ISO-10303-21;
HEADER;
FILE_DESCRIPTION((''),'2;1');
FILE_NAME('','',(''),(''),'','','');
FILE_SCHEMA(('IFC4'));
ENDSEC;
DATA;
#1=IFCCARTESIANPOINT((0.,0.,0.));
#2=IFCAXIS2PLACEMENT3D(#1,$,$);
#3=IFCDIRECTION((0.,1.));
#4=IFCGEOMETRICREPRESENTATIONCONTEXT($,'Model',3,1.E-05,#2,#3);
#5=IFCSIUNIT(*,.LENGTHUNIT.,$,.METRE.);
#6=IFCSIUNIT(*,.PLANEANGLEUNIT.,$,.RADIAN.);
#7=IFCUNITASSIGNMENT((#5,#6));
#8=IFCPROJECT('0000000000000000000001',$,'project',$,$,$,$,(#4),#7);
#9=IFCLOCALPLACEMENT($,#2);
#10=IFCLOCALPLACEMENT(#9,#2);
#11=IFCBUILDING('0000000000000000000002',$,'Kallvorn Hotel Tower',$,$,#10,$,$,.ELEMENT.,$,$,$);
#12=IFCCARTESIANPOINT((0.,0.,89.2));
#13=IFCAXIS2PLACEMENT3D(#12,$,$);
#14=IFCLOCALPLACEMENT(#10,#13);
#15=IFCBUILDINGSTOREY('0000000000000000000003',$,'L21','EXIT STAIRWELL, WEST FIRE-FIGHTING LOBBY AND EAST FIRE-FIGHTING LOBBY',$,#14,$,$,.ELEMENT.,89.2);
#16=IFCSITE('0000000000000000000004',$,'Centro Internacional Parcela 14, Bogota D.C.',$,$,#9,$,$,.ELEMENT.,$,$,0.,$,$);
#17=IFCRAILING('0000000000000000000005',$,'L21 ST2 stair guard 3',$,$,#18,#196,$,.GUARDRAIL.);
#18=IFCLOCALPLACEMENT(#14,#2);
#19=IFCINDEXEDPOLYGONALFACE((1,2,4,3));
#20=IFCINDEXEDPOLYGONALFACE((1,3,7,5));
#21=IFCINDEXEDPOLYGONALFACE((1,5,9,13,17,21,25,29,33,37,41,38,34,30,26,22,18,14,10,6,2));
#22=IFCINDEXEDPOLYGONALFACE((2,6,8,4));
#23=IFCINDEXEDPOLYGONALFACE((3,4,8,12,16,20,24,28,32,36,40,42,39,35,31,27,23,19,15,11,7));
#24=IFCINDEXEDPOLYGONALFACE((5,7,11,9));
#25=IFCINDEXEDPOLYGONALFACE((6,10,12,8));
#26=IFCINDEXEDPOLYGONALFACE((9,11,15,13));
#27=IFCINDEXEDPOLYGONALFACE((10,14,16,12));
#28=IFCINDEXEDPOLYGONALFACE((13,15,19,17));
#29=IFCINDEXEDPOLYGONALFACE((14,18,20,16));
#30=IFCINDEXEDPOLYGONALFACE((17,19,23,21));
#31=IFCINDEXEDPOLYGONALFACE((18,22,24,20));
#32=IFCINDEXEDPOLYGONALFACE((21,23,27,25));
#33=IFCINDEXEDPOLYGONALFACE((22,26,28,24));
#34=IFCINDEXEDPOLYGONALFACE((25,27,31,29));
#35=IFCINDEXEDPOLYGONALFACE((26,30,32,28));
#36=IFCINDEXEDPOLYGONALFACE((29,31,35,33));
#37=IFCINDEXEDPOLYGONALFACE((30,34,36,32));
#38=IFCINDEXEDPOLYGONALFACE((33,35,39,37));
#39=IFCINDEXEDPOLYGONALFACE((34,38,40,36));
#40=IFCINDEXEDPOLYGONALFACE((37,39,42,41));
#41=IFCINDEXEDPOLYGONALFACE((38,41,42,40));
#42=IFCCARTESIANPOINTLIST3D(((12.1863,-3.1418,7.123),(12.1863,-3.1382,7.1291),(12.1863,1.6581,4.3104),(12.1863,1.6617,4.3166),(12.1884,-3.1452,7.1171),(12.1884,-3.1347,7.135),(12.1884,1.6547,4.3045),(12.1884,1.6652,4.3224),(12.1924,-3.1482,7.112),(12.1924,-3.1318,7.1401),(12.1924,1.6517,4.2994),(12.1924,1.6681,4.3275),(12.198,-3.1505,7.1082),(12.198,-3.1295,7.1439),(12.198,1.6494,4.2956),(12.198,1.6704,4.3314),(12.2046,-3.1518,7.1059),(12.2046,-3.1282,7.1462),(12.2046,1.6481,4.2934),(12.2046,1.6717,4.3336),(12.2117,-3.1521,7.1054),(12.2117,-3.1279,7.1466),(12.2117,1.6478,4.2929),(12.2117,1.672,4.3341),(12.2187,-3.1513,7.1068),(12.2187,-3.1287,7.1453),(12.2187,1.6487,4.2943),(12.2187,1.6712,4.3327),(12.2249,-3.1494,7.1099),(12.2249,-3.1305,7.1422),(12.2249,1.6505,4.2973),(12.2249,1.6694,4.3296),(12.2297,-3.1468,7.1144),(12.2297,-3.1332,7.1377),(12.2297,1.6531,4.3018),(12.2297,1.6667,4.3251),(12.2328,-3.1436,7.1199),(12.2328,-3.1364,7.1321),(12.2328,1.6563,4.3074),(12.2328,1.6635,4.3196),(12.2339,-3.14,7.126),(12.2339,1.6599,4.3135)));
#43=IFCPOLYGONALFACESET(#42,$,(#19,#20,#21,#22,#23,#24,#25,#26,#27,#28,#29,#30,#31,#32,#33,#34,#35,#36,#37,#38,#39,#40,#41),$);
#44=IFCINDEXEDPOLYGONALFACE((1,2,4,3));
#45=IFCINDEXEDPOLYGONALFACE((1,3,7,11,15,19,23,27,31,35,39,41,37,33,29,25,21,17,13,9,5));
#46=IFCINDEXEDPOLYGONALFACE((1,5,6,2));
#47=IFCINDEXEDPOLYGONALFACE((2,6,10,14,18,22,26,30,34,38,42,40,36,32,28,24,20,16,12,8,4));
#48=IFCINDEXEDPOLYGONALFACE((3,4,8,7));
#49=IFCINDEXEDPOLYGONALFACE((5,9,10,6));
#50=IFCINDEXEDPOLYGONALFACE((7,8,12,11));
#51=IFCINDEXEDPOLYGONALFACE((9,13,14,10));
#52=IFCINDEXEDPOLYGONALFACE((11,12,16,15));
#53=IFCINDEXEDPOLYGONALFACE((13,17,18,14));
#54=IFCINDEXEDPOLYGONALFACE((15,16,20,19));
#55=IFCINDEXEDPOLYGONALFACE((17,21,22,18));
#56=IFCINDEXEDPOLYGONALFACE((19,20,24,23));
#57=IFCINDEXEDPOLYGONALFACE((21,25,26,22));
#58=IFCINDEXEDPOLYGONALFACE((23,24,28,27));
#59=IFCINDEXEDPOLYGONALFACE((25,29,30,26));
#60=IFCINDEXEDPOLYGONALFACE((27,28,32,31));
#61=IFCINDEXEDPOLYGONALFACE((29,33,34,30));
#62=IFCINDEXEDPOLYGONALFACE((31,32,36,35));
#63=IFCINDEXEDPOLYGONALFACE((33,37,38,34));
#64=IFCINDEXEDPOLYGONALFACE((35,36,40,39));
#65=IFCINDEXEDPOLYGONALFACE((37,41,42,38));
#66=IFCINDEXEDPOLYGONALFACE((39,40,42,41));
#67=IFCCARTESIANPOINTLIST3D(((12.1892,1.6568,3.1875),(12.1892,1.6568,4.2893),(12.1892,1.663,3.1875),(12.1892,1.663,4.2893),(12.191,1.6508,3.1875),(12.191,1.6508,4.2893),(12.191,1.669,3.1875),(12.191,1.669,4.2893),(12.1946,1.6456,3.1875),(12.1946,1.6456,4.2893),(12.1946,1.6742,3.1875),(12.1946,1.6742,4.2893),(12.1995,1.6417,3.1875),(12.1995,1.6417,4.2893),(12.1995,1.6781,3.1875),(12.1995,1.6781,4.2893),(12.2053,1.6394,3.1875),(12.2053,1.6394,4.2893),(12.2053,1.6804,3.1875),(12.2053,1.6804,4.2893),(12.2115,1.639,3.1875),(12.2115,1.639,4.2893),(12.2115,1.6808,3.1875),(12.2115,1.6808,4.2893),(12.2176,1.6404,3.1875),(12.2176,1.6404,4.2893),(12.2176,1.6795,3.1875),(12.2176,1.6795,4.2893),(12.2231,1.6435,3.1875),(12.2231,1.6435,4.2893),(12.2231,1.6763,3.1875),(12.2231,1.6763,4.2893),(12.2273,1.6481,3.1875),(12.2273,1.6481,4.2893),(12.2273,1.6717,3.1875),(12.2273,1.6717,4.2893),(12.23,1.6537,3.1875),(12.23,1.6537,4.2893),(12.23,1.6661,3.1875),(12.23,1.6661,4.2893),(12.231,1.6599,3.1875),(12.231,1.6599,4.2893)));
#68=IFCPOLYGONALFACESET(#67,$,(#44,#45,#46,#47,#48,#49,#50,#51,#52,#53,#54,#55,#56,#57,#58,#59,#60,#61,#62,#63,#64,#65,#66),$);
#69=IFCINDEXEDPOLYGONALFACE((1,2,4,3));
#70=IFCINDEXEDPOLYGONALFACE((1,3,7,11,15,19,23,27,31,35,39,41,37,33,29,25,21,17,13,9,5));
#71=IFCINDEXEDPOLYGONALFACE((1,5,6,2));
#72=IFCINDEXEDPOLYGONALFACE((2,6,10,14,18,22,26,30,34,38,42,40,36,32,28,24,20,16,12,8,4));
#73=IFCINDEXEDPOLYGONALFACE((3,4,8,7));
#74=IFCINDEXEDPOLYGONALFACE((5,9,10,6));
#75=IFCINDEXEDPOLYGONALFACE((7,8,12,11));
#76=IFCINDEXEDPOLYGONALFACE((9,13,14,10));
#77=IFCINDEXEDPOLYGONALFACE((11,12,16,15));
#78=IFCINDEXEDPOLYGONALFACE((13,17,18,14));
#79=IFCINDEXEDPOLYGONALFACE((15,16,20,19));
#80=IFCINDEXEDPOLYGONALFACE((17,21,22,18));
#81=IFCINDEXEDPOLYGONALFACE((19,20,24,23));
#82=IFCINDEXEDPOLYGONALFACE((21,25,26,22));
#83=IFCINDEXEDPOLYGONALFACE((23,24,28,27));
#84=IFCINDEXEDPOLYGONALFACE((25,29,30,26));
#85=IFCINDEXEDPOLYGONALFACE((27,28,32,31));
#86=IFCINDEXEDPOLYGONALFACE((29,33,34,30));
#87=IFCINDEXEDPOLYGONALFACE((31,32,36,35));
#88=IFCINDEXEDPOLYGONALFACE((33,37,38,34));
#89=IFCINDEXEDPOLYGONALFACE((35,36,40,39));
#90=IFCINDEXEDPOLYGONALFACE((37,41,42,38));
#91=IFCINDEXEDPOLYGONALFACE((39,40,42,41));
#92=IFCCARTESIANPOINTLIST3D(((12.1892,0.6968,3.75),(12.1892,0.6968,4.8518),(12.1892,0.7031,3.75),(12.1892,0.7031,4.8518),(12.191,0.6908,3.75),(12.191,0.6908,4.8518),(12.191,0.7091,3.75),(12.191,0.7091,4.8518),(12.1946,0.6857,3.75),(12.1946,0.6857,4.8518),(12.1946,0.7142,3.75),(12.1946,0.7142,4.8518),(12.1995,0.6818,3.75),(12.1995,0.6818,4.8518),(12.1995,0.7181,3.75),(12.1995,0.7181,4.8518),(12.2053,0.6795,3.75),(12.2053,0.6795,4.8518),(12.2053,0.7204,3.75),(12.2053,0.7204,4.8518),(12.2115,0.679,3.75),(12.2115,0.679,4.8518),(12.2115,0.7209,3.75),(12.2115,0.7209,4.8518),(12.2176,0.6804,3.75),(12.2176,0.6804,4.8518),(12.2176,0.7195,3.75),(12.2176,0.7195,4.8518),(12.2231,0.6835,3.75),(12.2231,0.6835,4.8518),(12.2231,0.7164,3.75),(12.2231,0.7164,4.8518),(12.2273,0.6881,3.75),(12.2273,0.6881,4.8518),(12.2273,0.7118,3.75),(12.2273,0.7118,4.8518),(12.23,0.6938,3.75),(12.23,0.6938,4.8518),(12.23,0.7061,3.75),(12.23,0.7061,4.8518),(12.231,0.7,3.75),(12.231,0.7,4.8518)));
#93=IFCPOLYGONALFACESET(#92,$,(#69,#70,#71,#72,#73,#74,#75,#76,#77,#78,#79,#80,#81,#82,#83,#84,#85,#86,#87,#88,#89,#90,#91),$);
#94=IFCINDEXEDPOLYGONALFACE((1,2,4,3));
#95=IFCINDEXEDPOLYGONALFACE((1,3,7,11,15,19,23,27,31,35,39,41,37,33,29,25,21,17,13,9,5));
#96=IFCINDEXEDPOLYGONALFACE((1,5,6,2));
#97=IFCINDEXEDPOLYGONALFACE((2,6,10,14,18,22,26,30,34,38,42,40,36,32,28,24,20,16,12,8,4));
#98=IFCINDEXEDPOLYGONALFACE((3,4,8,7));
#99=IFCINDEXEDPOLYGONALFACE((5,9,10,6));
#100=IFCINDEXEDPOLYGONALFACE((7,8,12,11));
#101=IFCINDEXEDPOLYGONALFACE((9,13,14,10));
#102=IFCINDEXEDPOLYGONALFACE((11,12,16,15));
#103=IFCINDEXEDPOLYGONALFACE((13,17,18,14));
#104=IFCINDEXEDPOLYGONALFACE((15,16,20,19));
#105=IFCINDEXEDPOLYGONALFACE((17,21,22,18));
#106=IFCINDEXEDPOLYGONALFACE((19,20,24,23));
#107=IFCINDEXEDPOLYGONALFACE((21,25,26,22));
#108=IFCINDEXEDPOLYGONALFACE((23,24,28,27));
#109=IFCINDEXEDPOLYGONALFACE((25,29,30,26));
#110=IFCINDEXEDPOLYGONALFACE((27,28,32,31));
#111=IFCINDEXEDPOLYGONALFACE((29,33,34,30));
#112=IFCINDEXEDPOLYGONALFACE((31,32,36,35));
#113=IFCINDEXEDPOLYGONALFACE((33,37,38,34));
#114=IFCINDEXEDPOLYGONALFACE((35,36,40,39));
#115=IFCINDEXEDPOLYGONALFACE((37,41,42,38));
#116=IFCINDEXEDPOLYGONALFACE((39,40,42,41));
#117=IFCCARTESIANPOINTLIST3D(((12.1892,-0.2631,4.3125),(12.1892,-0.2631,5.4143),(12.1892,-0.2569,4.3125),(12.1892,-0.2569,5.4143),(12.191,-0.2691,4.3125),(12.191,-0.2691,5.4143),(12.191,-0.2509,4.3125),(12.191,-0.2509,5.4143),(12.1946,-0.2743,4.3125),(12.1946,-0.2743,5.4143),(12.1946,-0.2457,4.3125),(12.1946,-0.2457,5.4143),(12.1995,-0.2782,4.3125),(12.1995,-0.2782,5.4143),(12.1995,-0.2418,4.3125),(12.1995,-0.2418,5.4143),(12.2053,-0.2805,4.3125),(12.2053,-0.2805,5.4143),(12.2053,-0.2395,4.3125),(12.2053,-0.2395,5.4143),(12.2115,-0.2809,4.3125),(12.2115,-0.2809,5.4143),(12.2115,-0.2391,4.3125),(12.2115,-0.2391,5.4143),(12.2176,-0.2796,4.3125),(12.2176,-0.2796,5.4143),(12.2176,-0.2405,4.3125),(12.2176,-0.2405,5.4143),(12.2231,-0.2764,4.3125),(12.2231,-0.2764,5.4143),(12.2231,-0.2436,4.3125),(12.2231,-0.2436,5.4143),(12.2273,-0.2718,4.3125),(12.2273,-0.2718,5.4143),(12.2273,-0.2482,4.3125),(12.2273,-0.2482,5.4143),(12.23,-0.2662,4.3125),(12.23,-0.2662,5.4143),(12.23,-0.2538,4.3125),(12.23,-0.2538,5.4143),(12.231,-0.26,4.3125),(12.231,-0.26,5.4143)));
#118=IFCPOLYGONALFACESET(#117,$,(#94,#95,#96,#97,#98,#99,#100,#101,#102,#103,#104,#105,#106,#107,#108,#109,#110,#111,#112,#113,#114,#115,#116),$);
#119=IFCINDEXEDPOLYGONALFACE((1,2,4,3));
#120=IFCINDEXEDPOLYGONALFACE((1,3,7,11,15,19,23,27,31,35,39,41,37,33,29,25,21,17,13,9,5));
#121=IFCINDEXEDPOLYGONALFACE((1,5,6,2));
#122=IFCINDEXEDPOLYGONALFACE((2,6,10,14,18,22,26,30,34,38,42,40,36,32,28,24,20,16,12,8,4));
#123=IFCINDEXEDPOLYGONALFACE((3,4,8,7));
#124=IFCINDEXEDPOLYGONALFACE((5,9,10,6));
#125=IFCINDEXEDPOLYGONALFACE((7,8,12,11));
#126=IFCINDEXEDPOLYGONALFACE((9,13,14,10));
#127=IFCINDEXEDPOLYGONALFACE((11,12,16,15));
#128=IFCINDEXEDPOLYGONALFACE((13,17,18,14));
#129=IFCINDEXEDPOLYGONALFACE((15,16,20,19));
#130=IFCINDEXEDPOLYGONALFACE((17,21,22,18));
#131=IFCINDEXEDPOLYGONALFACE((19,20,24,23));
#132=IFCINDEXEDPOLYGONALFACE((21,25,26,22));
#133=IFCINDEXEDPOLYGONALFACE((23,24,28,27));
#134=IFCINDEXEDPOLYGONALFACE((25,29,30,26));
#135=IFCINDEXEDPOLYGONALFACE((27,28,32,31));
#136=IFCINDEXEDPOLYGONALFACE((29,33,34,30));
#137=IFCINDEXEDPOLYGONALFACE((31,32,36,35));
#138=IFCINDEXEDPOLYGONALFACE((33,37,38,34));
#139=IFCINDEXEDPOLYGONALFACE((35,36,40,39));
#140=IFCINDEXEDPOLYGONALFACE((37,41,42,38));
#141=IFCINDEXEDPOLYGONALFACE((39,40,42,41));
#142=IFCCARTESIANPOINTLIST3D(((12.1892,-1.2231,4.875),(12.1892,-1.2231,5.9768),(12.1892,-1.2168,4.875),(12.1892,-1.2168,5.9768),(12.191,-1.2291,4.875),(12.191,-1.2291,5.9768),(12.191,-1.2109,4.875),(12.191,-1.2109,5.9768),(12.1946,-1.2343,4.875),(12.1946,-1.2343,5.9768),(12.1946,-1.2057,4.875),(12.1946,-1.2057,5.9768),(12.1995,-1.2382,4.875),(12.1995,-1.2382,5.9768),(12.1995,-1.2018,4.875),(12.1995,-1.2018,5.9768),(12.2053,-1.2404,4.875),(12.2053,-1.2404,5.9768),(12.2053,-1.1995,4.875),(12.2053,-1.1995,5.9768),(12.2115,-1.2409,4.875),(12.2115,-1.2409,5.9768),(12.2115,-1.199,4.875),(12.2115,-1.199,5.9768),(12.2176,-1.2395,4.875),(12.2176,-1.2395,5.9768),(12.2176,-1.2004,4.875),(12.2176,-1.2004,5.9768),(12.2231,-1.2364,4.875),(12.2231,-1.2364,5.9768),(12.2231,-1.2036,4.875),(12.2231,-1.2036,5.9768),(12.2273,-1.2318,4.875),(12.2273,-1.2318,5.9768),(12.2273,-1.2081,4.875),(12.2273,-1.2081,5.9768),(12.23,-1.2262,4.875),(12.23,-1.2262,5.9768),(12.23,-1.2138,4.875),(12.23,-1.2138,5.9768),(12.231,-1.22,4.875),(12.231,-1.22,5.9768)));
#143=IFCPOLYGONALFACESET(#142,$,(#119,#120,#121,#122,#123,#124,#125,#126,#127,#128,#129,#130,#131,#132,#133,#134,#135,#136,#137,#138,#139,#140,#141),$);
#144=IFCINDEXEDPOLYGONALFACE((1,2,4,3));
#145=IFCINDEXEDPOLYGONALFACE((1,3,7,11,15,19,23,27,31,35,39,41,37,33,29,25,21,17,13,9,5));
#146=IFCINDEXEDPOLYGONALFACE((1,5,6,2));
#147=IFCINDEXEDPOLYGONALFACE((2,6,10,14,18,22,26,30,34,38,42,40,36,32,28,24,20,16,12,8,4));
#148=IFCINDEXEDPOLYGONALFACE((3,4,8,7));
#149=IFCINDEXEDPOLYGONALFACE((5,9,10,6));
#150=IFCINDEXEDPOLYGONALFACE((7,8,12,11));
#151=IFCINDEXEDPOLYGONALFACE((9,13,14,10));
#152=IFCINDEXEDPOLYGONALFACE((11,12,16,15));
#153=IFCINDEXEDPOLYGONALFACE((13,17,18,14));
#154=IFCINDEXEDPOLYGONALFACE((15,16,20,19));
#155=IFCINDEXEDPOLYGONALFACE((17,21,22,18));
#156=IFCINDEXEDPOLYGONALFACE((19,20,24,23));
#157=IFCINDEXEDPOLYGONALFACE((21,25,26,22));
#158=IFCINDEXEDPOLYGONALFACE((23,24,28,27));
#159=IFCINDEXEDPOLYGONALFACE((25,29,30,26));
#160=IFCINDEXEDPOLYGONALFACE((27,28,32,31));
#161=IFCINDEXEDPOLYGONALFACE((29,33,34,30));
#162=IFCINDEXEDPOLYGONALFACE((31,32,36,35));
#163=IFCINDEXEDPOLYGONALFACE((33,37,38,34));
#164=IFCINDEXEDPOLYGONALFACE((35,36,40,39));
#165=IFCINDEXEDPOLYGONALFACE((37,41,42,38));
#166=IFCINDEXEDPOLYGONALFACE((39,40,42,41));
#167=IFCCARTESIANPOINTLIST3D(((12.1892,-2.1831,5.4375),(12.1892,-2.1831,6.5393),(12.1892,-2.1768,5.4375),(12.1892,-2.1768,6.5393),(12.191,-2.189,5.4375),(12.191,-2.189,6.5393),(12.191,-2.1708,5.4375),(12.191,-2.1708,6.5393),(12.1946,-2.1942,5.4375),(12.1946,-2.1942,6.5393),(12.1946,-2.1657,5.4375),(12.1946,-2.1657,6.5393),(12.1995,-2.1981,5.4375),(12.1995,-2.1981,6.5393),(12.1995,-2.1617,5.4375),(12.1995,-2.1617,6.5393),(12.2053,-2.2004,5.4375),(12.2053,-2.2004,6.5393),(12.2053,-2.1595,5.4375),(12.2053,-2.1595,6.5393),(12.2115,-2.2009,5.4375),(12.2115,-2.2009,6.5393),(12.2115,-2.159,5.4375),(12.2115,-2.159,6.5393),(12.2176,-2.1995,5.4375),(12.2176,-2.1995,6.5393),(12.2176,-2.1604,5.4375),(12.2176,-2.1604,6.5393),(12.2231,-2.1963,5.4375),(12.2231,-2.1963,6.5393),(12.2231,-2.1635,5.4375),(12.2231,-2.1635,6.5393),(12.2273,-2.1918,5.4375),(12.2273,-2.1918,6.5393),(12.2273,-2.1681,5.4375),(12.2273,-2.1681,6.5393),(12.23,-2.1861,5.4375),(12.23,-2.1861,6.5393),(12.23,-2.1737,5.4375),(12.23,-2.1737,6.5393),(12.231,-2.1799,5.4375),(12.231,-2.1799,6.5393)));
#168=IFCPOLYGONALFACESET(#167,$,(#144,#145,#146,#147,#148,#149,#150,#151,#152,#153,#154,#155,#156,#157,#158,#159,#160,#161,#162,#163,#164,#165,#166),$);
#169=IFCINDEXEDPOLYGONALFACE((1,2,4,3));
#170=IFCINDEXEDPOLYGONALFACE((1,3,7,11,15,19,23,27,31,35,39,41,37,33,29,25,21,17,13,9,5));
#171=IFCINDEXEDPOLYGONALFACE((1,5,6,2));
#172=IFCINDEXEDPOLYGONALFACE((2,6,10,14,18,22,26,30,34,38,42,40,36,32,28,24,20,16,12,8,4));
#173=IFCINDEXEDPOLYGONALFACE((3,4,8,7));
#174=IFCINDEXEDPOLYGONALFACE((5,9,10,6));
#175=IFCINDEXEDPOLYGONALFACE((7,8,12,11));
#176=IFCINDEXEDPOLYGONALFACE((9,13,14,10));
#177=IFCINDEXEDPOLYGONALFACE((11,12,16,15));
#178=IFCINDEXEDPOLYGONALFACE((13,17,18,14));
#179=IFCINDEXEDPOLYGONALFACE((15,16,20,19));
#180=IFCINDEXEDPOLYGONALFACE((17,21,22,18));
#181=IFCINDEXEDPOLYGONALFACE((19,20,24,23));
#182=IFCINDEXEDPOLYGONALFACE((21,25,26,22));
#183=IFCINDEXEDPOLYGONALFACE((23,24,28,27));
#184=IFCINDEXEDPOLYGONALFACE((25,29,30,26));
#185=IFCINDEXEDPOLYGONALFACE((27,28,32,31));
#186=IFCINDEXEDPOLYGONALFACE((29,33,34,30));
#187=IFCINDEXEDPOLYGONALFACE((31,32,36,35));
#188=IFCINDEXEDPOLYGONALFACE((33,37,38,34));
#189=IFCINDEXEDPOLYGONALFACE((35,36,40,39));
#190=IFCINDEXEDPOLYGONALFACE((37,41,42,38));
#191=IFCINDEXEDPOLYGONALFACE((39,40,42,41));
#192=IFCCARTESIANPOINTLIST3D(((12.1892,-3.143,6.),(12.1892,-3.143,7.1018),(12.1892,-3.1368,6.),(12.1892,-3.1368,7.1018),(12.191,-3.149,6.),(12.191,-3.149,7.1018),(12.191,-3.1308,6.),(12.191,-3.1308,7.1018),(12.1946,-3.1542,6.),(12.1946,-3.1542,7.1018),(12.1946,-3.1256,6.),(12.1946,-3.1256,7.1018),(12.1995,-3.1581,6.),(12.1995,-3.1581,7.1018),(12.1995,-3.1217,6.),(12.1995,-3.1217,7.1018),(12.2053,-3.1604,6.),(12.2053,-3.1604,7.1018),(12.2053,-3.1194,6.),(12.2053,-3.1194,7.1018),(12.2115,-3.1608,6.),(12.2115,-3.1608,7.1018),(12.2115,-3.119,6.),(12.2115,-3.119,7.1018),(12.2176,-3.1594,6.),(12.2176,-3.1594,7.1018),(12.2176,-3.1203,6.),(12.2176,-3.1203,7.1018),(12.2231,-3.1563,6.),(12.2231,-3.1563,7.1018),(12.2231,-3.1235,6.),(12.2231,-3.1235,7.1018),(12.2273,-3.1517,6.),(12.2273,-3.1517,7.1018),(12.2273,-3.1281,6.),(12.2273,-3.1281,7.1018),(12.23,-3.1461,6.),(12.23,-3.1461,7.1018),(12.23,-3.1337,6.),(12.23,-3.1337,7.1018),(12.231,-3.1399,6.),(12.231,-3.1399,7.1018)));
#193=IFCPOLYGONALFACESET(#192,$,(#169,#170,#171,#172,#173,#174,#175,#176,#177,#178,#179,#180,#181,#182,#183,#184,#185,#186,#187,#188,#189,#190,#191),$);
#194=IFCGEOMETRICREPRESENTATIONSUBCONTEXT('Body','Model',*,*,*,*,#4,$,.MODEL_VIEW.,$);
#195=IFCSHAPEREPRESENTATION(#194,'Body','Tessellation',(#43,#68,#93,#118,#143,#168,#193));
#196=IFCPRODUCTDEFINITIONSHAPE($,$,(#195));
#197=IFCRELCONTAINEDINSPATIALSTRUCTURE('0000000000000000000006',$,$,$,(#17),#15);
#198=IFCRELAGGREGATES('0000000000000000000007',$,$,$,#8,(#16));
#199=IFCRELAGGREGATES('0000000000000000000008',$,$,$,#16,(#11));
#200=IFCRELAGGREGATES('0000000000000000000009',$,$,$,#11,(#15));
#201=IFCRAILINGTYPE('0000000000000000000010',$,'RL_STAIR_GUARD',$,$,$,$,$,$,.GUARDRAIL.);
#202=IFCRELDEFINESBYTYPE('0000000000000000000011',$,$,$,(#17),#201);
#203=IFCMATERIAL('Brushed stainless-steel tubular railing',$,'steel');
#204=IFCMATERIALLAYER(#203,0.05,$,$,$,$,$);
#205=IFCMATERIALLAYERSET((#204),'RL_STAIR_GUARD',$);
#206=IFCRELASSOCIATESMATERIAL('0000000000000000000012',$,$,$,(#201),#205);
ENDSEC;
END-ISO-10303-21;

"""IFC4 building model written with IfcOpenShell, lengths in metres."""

from ifc_helpers import new_model, si_unit, direction, frame, origin, origin_2d, place, context, subcontext, project, spatial, circle, extrude, material, layer, layer_set, type_object, element, save


model = new_model("IFC4")

# Units and contexts
model_context = context("Model", 3, precision=1e-05, world=origin(), true_north=direction((0.0, 1.0)))
body_context = subcontext(model_context, "Body", "Model", "MODEL_VIEW")
ifc_project = project(units=[si_unit("LENGTHUNIT", "METRE"), si_unit("PLANEANGLEUNIT", "RADIAN")], contexts=[model_context])

# Site, building, storey
site_placement = place(None, origin())
site = spatial("IfcSite", under=ifc_project, at=site_placement, Name="Centro Internacional Parcela 14, Bogota D.C.", CompositionType="ELEMENT", RefElevation=0.0)
building_placement = place(site_placement, origin())
building = spatial("IfcBuilding", under=site, at=building_placement, Name="Kallvorn Hotel Tower", CompositionType="ELEMENT")
storey_placement = place(building_placement, frame((0.0, 0.0, 89.2)))
storey = spatial("IfcBuildingStorey", under=building, at=storey_placement, Name="L21", Description="EXIT STAIRWELL, WEST FIRE-FIGHTING LOBBY AND EAST FIRE-FIGHTING LOBBY", CompositionType="ELEMENT", Elevation=89.2)

# Railing
ifc_material_1 = material(Name="Brushed stainless-steel tubular railing", Category="steel")
ifc_layer_1 = layer(ifc_material_1, 0.05)
ifc_layer_set_1 = layer_set([ifc_layer_1], Name="RL_STAIR_GUARD")
railing_type_1 = type_object("IfcRailingType", Name="RL_STAIR_GUARD", PredefinedType="GUARDRAIL", material=ifc_layer_set_1)
railing_1_placement = place(storey_placement, frame((12.21, 1.6599, 3.1875)))
element("IfcRailing", 1, at=railing_1_placement, inside=storey, type_object=railing_type_1, Name="L21 ST2 stair guard 3", PredefinedType="GUARDRAIL", context=body_context, shape_type="SweptSolid", body=[
    extrude(circle(Radius=0.0239, at=origin_2d()), frame((0.0, 0.0, 1.126), z_axis=(0.0, -0.86279, 0.505562), x_axis=(1.0, 0.0, 0.0)), (0.0, 0.0, 1.0), 5.5632),
    extrude(circle(Radius=0.021, at=origin_2d()), origin(), (0.0, 0.0, 1.0), 1.1018),
    extrude(circle(Radius=0.021, at=origin_2d()), frame((0.0, -0.96, 0.5625)), (0.0, 0.0, 1.0), 1.1018),
    extrude(circle(Radius=0.021, at=origin_2d()), frame((0.0, -1.9199, 1.125)), (0.0, 0.0, 1.0), 1.1018),
    extrude(circle(Radius=0.021, at=origin_2d()), frame((0.0, -2.8799, 1.6875)), (0.0, 0.0, 1.0), 1.1018),
    extrude(circle(Radius=0.021, at=origin_2d()), frame((0.0, -3.8398, 2.25)), (0.0, 0.0, 1.0), 1.1018),
    extrude(circle(Radius=0.021, at=origin_2d()), frame((0.0, -4.7998, 2.8125)), (0.0, 0.0, 1.0), 1.1018),
])

save(model, "model.ifc")
